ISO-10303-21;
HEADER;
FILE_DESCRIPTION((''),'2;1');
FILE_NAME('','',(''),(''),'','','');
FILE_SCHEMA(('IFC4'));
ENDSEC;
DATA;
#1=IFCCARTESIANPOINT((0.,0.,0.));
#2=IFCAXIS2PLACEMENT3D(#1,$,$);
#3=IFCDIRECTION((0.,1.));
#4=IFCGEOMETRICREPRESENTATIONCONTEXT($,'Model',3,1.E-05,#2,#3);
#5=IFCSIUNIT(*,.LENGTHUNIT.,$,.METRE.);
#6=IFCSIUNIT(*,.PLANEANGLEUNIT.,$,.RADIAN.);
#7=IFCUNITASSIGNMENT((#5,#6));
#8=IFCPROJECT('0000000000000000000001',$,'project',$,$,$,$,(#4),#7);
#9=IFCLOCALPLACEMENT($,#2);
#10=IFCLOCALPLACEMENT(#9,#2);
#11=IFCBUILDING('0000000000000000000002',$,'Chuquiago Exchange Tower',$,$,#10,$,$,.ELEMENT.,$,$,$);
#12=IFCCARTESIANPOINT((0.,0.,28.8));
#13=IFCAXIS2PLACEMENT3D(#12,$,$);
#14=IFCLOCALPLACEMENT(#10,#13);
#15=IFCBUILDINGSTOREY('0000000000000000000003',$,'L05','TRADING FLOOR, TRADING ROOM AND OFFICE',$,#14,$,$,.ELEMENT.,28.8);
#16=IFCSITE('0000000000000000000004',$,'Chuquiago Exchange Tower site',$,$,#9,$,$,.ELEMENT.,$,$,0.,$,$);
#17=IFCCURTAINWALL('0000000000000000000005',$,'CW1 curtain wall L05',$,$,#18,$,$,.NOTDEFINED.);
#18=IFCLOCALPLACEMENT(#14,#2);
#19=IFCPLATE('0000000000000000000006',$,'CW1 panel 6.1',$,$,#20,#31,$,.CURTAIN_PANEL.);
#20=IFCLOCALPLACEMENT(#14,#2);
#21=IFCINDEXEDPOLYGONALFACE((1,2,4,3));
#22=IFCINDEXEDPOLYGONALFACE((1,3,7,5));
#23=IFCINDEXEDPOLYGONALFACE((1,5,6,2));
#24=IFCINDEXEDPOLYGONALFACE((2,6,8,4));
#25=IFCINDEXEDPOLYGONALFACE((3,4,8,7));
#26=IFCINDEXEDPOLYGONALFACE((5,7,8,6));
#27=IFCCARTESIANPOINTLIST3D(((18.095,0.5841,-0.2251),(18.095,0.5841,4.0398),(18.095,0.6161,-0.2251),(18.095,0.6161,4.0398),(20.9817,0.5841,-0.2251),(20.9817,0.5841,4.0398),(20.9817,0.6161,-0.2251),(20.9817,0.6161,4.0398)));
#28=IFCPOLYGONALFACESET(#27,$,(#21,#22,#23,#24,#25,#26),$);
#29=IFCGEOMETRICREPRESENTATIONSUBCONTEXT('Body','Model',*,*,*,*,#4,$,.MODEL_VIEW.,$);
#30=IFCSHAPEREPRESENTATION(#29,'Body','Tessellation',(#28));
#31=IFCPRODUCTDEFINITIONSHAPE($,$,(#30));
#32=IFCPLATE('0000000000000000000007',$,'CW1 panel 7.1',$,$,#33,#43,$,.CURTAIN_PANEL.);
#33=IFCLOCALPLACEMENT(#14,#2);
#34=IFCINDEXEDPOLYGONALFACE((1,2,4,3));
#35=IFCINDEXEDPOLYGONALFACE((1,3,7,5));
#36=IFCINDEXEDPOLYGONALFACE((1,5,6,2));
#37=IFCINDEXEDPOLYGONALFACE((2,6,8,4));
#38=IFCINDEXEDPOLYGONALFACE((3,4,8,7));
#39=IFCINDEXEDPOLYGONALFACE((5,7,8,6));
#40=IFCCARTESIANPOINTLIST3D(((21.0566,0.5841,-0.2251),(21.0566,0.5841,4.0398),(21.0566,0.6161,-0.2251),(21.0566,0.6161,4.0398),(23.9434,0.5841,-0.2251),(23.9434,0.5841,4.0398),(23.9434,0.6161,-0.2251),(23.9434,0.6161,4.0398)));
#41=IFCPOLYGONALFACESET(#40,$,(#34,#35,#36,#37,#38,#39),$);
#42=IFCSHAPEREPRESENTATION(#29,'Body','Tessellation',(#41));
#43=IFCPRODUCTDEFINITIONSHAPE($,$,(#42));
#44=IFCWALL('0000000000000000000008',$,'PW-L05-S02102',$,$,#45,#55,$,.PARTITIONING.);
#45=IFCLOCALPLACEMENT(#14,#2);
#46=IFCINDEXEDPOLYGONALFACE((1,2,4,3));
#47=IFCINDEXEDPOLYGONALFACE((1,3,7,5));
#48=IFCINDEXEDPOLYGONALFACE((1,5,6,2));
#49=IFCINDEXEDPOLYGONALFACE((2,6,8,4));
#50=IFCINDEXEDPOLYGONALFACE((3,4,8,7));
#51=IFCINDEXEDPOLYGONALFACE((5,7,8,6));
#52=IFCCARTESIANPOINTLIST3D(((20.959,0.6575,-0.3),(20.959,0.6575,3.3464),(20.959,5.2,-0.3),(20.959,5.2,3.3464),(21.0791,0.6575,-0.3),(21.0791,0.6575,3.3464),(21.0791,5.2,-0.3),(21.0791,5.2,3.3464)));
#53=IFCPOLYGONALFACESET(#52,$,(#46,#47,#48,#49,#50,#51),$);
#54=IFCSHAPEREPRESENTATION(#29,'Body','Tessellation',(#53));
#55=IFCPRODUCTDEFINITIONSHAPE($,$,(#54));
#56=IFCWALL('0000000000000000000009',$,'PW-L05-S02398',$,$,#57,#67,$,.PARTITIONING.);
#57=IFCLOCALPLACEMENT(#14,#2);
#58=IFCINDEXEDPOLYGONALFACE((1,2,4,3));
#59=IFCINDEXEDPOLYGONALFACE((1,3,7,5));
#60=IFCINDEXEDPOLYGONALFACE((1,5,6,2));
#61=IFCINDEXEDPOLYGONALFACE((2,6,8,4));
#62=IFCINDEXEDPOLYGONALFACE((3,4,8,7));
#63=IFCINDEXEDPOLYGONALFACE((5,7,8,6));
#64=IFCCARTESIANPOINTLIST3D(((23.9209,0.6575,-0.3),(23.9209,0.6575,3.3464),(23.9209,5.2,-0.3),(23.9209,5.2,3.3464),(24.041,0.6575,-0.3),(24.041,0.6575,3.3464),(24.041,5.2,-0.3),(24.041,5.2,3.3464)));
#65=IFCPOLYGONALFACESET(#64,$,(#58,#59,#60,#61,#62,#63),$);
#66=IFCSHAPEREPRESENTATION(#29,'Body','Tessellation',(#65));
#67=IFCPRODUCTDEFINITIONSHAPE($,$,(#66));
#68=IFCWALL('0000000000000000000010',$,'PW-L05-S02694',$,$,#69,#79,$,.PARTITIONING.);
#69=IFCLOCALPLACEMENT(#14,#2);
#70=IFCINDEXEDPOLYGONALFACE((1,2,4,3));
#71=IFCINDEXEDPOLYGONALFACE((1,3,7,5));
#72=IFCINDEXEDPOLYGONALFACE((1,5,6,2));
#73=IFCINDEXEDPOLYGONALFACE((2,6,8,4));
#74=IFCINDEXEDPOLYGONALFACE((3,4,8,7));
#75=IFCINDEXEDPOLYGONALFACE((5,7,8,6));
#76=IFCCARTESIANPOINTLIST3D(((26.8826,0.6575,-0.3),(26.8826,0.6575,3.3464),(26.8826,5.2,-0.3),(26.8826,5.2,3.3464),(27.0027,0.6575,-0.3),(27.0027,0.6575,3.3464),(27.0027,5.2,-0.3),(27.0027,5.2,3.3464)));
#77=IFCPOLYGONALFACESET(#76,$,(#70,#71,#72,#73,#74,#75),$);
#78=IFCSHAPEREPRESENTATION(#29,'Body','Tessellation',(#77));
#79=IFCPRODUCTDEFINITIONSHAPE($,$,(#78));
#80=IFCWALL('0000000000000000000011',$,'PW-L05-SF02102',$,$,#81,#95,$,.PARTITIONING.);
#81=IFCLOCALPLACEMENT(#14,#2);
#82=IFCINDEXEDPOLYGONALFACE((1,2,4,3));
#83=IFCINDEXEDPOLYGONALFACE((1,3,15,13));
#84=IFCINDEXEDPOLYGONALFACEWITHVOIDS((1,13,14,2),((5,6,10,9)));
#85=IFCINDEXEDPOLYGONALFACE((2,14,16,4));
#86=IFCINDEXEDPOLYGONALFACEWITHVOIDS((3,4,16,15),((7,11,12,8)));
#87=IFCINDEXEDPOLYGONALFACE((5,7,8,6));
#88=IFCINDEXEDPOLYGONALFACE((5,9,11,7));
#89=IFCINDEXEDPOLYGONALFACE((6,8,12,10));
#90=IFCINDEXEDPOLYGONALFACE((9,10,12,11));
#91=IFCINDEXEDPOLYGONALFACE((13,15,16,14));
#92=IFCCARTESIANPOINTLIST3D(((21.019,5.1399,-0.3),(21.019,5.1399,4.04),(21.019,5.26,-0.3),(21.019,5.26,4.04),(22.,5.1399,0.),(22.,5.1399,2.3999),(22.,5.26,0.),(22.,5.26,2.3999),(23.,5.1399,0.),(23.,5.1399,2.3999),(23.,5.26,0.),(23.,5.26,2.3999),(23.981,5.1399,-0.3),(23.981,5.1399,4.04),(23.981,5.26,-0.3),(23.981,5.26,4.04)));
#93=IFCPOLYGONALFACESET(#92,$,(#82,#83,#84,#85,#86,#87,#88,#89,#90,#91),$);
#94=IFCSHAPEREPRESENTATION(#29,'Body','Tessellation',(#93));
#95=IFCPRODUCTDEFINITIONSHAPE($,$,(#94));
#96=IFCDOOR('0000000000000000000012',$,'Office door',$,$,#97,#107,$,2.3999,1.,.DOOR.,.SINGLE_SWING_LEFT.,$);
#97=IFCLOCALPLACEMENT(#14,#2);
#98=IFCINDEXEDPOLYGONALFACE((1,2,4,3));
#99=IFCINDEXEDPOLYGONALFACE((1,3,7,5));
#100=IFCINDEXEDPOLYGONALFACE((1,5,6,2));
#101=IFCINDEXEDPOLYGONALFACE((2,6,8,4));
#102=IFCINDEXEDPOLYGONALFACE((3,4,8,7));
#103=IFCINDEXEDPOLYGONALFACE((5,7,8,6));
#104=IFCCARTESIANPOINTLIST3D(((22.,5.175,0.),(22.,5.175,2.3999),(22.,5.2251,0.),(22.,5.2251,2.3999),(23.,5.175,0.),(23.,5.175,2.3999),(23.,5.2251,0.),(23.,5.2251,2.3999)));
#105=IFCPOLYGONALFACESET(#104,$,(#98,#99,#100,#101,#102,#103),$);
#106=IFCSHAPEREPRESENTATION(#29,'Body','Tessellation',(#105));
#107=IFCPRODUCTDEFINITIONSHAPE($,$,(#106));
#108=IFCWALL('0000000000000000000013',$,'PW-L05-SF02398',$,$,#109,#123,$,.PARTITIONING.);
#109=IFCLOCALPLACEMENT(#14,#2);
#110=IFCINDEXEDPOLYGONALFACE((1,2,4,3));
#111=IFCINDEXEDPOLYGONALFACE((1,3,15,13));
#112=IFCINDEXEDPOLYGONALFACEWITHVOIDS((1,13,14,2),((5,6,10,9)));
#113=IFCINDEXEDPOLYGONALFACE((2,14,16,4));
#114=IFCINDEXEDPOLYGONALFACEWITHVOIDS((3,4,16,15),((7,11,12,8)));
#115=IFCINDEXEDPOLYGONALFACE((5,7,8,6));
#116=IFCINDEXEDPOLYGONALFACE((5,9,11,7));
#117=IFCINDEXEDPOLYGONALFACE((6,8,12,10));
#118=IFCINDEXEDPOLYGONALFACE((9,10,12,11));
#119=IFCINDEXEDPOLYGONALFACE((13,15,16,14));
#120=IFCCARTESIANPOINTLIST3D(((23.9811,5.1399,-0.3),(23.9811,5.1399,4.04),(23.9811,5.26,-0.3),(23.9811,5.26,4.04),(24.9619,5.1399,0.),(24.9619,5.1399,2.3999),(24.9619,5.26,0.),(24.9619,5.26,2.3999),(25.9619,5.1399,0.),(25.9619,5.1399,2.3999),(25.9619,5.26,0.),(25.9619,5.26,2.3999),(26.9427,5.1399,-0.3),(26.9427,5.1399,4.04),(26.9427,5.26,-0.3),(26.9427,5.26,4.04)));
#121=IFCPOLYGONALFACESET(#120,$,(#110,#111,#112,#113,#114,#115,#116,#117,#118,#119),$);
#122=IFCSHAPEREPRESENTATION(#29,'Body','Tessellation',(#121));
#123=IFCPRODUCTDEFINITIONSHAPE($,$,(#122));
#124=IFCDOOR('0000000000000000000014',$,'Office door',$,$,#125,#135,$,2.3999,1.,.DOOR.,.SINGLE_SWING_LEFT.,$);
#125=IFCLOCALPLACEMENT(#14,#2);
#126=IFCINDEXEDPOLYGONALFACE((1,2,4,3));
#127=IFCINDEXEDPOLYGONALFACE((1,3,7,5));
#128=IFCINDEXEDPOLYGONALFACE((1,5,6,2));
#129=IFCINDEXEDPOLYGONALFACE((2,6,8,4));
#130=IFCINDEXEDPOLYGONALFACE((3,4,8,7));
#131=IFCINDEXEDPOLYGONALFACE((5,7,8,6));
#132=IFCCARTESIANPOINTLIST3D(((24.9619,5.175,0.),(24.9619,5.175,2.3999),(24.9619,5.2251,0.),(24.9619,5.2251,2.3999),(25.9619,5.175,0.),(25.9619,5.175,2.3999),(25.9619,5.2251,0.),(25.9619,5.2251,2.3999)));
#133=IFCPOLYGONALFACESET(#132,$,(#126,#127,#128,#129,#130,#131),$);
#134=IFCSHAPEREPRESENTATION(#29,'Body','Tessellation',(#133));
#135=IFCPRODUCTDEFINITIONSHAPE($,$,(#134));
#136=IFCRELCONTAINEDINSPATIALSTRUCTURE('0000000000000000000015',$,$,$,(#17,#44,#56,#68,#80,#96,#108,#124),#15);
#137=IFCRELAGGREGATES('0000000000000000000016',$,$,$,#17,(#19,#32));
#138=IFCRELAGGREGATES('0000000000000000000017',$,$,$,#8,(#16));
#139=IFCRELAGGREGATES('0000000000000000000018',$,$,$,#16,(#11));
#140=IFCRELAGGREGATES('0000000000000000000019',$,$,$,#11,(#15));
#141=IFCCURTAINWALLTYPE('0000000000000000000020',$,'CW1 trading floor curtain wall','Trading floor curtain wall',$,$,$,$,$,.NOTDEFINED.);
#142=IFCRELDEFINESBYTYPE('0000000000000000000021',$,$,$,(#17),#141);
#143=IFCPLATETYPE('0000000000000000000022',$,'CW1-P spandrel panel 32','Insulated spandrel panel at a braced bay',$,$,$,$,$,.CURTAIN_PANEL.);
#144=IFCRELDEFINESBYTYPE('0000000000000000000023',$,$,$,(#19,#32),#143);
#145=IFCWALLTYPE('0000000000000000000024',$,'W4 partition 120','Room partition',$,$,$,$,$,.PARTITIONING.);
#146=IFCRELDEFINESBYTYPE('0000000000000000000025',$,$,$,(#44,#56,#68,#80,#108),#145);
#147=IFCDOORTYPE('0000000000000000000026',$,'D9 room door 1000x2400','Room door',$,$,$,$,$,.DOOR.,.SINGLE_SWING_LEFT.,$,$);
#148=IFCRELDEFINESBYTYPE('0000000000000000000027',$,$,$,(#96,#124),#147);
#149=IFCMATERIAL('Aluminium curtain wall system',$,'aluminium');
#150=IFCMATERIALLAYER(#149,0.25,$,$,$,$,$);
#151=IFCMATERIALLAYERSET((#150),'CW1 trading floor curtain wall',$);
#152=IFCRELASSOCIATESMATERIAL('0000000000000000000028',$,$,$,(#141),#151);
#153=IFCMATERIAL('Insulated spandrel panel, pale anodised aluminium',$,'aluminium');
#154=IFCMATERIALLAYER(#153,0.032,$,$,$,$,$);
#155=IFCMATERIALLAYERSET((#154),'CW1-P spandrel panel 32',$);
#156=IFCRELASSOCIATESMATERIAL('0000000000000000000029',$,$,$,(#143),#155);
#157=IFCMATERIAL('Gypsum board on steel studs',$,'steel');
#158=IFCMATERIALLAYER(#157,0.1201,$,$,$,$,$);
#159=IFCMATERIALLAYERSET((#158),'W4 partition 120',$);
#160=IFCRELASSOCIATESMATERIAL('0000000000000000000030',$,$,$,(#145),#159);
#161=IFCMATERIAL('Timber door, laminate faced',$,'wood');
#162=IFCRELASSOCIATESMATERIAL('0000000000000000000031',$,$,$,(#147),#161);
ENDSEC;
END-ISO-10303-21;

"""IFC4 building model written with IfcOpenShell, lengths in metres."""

from ifc_helpers import new_model, si_unit, direction, frame, frame_2d, origin, origin_2d, place, context, subcontext, project, spatial, rectangle, extrude, material, layer, layer_set, type_object, element, fill, aggregate, save


model = new_model("IFC4")

# Units and contexts
model_context = context("Model", 3, precision=1e-05, world=origin(), true_north=direction((0.0, 1.0)))
body_context = subcontext(model_context, "Body", "Model", "MODEL_VIEW")
ifc_project = project(units=[si_unit("LENGTHUNIT", "METRE"), si_unit("PLANEANGLEUNIT", "RADIAN")], contexts=[model_context])

# Site, building, storey
site_placement = place(None, origin())
site = spatial("IfcSite", under=ifc_project, at=site_placement, Name="Chuquiago Exchange Tower site", CompositionType="ELEMENT", RefElevation=0.0)
building_placement = place(site_placement, origin())
building = spatial("IfcBuilding", under=site, at=building_placement, Name="Chuquiago Exchange Tower", CompositionType="ELEMENT")
storey_placement = place(building_placement, frame((0.0, 0.0, 28.8)))
storey = spatial("IfcBuildingStorey", under=building, at=storey_placement, Name="L05", Description="TRADING FLOOR, TRADING ROOM AND OFFICE", CompositionType="ELEMENT", Elevation=28.8)

# Curtain wall
ifc_material_1 = material(Name="Aluminium curtain wall system", Category="aluminium")
ifc_layer_1 = layer(ifc_material_1, 0.25)
ifc_layer_set_1 = layer_set([ifc_layer_1], Name="CW1 trading floor curtain wall")
curtain_wall_type = type_object("IfcCurtainWallType", Name="CW1 trading floor curtain wall", Description="Trading floor curtain wall", PredefinedType="NOTDEFINED", material=ifc_layer_set_1)
curtain_wall_placement = place(storey_placement, origin())
curtain_wall = element("IfcCurtainWall", 1, at=curtain_wall_placement, inside=storey, type_object=curtain_wall_type, Name="CW1 curtain wall L05", PredefinedType="NOTDEFINED")

# Plates
ifc_material_2 = material(Name="Insulated spandrel panel, pale anodised aluminium", Category="aluminium")
ifc_layer_2 = layer(ifc_material_2, 0.032)
ifc_layer_set_2 = layer_set([ifc_layer_2], Name="CW1-P spandrel panel 32")
plate_type_1 = type_object("IfcPlateType", Name="CW1-P spandrel panel 32", Description="Insulated spandrel panel at a braced bay", PredefinedType="CURTAIN_PANEL", material=ifc_layer_set_2)
plate_1_placement = place(storey_placement, frame((19.5383, 0.6001, -0.2251), z_axis=(0.0, 0.0, 1.0), x_axis=(1.0, 0.0, 0.0)))
plate_1 = element("IfcPlate", 2, at=plate_1_placement, type_object=plate_type_1, Name="CW1 panel 6.1", PredefinedType="CURTAIN_PANEL", context=body_context, shape_type="SweptSolid", body=[
    extrude(rectangle(XDim=2.8867, YDim=0.032, at=origin_2d()), origin(), (0.0, 0.0, 1.0), 4.2649),
])
plate_2_placement = place(storey_placement, frame((22.5, 0.6001, -0.2251), z_axis=(0.0, 0.0, 1.0), x_axis=(1.0, 0.0, 0.0)))
plate_2 = element("IfcPlate", 3, at=plate_2_placement, type_object=plate_type_1, Name="CW1 panel 7.1", PredefinedType="CURTAIN_PANEL", context=body_context, shape_type="SweptSolid", body=[
    extrude(rectangle(XDim=2.8867, YDim=0.032, at=origin_2d()), origin(), (0.0, 0.0, 1.0), 4.2649),
])
aggregate(curtain_wall, [plate_1, plate_2])

# Walls
ifc_material_3 = material(Name="Gypsum board on steel studs", Category="steel")
ifc_layer_3 = layer(ifc_material_3, 0.1201)
ifc_layer_set_3 = layer_set([ifc_layer_3], Name="W4 partition 120")
wall_type = type_object("IfcWallType", Name="W4 partition 120", Description="Room partition", PredefinedType="PARTITIONING", material=ifc_layer_set_3)
for number, where, z_axis, x_axis, name in (
    (4, (21.019, 0.6575, -0.3), (0.0, 0.0, 1.0), (0.0, 1.0, 0.0), "PW-L05-S02102"),
    (5, (23.981, 0.6575, -0.3), (0.0, 0.0, 1.0), (0.0, 1.0, 0.0), "PW-L05-S02398"),
    (6, (26.9426, 0.6575, -0.3), (0.0, 0.0, 1.0), (0.0, 1.0, 0.0), "PW-L05-S02694"),
):
    element("IfcWall", number, at=place(storey_placement, frame(where, z_axis=z_axis, x_axis=x_axis)), inside=storey, type_object=wall_type, Name=name, PredefinedType="PARTITIONING", context=body_context, shape_type="SweptSolid", body=[
        extrude(rectangle(XDim=4.5425, YDim=0.1201, at=frame_2d((2.2712, 0.0))), origin(), (0.0, 0.0, 1.0), 3.6465),
    ])

# Walls, openings, doors
wall_1_placement = place(storey_placement, frame((21.019, 5.2, -0.3), z_axis=(0.0, 0.0, 1.0), x_axis=(1.0, 0.0, 0.0)))
wall_1 = element("IfcWall", 7, at=wall_1_placement, inside=storey, type_object=wall_type, Name="PW-L05-SF02102", PredefinedType="PARTITIONING", context=body_context, shape_type="SweptSolid", body=[
    extrude(rectangle(XDim=2.9619, YDim=0.1201, at=frame_2d((1.481, 0.0))), origin(), (0.0, 0.0, 1.0), 4.3401),
])
opening_1_placement = place(wall_1_placement, frame((0.981, 0.0, 0.3)))
opening_1 = element("IfcOpeningElement", 8, at=opening_1_placement, cuts=wall_1, PredefinedType="OPENING", context=body_context, shape_type="SweptSolid", body=[
    extrude(rectangle(XDim=1.0, YDim=2.3999, at=frame_2d((0.5, 1.2))), frame((0.0, 0.0701, 0.0), z_axis=(0.0, -1.0, 0.0), x_axis=(1.0, 0.0, 0.0)), (0.0, 0.0, 1.0), 0.1401),
])
ifc_material_4 = material(Name="Timber door, laminate faced", Category="wood")
door_type = type_object("IfcDoorType", Name="D9 room door 1000x2400", Description="Room door", OperationType="SINGLE_SWING_LEFT", PredefinedType="DOOR", material=ifc_material_4)
door_1_placement = place(opening_1_placement, frame((1.0, 0.0, 0.0), z_axis=(0.0, 0.0, 1.0), x_axis=(-1.0, 0.0, 0.0)))
door_1 = element("IfcDoor", 9, at=door_1_placement, inside=storey, type_object=door_type, Name="Office door", OperationType="SINGLE_SWING_LEFT", OverallHeight=2.3999, OverallWidth=1.0, PredefinedType="DOOR", context=body_context, shape_type="SweptSolid", body=[
    extrude(rectangle(XDim=1.0, YDim=2.3999, at=frame_2d((0.5, 1.2))), frame((0.0, 0.0249, 0.0), z_axis=(0.0, -1.0, 0.0), x_axis=(1.0, 0.0, 0.0)), (0.0, 0.0, 1.0), 0.05),
])
fill(opening_1, door_1)
wall_2_placement = place(storey_placement, frame((23.981, 5.2, -0.3), z_axis=(0.0, 0.0, 1.0), x_axis=(1.0, 0.0, 0.0)))
wall_2 = element("IfcWall", 10, at=wall_2_placement, inside=storey, type_object=wall_type, Name="PW-L05-SF02398", PredefinedType="PARTITIONING", context=body_context, shape_type="SweptSolid", body=[
    extrude(rectangle(XDim=2.9617, YDim=0.1201, at=frame_2d((1.481, 0.0))), origin(), (0.0, 0.0, 1.0), 4.3401),
])
opening_2_placement = place(wall_2_placement, frame((0.981, 0.0, 0.3)))
opening_2 = element("IfcOpeningElement", 11, at=opening_2_placement, cuts=wall_2, PredefinedType="OPENING", context=body_context, shape_type="SweptSolid", body=[
    extrude(rectangle(XDim=1.0, YDim=2.3999, at=frame_2d((0.5, 1.2))), frame((0.0, 0.0701, 0.0), z_axis=(0.0, -1.0, 0.0), x_axis=(1.0, 0.0, 0.0)), (0.0, 0.0, 1.0), 0.1401),
])
door_2_placement = place(opening_2_placement, frame((1.0, 0.0, 0.0), z_axis=(0.0, 0.0, 1.0), x_axis=(-1.0, 0.0, 0.0)))
door_2 = element("IfcDoor", 12, at=door_2_placement, inside=storey, type_object=door_type, Name="Office door", OperationType="SINGLE_SWING_LEFT", OverallHeight=2.3999, OverallWidth=1.0, PredefinedType="DOOR", context=body_context, shape_type="SweptSolid", body=[
    extrude(rectangle(XDim=1.0, YDim=2.3999, at=frame_2d((0.5, 1.2))), frame((0.0, 0.0249, 0.0), z_axis=(0.0, -1.0, 0.0), x_axis=(1.0, 0.0, 0.0)), (0.0, 0.0, 1.0), 0.05),
])
fill(opening_2, door_2)

save(model, "model.ifc")
